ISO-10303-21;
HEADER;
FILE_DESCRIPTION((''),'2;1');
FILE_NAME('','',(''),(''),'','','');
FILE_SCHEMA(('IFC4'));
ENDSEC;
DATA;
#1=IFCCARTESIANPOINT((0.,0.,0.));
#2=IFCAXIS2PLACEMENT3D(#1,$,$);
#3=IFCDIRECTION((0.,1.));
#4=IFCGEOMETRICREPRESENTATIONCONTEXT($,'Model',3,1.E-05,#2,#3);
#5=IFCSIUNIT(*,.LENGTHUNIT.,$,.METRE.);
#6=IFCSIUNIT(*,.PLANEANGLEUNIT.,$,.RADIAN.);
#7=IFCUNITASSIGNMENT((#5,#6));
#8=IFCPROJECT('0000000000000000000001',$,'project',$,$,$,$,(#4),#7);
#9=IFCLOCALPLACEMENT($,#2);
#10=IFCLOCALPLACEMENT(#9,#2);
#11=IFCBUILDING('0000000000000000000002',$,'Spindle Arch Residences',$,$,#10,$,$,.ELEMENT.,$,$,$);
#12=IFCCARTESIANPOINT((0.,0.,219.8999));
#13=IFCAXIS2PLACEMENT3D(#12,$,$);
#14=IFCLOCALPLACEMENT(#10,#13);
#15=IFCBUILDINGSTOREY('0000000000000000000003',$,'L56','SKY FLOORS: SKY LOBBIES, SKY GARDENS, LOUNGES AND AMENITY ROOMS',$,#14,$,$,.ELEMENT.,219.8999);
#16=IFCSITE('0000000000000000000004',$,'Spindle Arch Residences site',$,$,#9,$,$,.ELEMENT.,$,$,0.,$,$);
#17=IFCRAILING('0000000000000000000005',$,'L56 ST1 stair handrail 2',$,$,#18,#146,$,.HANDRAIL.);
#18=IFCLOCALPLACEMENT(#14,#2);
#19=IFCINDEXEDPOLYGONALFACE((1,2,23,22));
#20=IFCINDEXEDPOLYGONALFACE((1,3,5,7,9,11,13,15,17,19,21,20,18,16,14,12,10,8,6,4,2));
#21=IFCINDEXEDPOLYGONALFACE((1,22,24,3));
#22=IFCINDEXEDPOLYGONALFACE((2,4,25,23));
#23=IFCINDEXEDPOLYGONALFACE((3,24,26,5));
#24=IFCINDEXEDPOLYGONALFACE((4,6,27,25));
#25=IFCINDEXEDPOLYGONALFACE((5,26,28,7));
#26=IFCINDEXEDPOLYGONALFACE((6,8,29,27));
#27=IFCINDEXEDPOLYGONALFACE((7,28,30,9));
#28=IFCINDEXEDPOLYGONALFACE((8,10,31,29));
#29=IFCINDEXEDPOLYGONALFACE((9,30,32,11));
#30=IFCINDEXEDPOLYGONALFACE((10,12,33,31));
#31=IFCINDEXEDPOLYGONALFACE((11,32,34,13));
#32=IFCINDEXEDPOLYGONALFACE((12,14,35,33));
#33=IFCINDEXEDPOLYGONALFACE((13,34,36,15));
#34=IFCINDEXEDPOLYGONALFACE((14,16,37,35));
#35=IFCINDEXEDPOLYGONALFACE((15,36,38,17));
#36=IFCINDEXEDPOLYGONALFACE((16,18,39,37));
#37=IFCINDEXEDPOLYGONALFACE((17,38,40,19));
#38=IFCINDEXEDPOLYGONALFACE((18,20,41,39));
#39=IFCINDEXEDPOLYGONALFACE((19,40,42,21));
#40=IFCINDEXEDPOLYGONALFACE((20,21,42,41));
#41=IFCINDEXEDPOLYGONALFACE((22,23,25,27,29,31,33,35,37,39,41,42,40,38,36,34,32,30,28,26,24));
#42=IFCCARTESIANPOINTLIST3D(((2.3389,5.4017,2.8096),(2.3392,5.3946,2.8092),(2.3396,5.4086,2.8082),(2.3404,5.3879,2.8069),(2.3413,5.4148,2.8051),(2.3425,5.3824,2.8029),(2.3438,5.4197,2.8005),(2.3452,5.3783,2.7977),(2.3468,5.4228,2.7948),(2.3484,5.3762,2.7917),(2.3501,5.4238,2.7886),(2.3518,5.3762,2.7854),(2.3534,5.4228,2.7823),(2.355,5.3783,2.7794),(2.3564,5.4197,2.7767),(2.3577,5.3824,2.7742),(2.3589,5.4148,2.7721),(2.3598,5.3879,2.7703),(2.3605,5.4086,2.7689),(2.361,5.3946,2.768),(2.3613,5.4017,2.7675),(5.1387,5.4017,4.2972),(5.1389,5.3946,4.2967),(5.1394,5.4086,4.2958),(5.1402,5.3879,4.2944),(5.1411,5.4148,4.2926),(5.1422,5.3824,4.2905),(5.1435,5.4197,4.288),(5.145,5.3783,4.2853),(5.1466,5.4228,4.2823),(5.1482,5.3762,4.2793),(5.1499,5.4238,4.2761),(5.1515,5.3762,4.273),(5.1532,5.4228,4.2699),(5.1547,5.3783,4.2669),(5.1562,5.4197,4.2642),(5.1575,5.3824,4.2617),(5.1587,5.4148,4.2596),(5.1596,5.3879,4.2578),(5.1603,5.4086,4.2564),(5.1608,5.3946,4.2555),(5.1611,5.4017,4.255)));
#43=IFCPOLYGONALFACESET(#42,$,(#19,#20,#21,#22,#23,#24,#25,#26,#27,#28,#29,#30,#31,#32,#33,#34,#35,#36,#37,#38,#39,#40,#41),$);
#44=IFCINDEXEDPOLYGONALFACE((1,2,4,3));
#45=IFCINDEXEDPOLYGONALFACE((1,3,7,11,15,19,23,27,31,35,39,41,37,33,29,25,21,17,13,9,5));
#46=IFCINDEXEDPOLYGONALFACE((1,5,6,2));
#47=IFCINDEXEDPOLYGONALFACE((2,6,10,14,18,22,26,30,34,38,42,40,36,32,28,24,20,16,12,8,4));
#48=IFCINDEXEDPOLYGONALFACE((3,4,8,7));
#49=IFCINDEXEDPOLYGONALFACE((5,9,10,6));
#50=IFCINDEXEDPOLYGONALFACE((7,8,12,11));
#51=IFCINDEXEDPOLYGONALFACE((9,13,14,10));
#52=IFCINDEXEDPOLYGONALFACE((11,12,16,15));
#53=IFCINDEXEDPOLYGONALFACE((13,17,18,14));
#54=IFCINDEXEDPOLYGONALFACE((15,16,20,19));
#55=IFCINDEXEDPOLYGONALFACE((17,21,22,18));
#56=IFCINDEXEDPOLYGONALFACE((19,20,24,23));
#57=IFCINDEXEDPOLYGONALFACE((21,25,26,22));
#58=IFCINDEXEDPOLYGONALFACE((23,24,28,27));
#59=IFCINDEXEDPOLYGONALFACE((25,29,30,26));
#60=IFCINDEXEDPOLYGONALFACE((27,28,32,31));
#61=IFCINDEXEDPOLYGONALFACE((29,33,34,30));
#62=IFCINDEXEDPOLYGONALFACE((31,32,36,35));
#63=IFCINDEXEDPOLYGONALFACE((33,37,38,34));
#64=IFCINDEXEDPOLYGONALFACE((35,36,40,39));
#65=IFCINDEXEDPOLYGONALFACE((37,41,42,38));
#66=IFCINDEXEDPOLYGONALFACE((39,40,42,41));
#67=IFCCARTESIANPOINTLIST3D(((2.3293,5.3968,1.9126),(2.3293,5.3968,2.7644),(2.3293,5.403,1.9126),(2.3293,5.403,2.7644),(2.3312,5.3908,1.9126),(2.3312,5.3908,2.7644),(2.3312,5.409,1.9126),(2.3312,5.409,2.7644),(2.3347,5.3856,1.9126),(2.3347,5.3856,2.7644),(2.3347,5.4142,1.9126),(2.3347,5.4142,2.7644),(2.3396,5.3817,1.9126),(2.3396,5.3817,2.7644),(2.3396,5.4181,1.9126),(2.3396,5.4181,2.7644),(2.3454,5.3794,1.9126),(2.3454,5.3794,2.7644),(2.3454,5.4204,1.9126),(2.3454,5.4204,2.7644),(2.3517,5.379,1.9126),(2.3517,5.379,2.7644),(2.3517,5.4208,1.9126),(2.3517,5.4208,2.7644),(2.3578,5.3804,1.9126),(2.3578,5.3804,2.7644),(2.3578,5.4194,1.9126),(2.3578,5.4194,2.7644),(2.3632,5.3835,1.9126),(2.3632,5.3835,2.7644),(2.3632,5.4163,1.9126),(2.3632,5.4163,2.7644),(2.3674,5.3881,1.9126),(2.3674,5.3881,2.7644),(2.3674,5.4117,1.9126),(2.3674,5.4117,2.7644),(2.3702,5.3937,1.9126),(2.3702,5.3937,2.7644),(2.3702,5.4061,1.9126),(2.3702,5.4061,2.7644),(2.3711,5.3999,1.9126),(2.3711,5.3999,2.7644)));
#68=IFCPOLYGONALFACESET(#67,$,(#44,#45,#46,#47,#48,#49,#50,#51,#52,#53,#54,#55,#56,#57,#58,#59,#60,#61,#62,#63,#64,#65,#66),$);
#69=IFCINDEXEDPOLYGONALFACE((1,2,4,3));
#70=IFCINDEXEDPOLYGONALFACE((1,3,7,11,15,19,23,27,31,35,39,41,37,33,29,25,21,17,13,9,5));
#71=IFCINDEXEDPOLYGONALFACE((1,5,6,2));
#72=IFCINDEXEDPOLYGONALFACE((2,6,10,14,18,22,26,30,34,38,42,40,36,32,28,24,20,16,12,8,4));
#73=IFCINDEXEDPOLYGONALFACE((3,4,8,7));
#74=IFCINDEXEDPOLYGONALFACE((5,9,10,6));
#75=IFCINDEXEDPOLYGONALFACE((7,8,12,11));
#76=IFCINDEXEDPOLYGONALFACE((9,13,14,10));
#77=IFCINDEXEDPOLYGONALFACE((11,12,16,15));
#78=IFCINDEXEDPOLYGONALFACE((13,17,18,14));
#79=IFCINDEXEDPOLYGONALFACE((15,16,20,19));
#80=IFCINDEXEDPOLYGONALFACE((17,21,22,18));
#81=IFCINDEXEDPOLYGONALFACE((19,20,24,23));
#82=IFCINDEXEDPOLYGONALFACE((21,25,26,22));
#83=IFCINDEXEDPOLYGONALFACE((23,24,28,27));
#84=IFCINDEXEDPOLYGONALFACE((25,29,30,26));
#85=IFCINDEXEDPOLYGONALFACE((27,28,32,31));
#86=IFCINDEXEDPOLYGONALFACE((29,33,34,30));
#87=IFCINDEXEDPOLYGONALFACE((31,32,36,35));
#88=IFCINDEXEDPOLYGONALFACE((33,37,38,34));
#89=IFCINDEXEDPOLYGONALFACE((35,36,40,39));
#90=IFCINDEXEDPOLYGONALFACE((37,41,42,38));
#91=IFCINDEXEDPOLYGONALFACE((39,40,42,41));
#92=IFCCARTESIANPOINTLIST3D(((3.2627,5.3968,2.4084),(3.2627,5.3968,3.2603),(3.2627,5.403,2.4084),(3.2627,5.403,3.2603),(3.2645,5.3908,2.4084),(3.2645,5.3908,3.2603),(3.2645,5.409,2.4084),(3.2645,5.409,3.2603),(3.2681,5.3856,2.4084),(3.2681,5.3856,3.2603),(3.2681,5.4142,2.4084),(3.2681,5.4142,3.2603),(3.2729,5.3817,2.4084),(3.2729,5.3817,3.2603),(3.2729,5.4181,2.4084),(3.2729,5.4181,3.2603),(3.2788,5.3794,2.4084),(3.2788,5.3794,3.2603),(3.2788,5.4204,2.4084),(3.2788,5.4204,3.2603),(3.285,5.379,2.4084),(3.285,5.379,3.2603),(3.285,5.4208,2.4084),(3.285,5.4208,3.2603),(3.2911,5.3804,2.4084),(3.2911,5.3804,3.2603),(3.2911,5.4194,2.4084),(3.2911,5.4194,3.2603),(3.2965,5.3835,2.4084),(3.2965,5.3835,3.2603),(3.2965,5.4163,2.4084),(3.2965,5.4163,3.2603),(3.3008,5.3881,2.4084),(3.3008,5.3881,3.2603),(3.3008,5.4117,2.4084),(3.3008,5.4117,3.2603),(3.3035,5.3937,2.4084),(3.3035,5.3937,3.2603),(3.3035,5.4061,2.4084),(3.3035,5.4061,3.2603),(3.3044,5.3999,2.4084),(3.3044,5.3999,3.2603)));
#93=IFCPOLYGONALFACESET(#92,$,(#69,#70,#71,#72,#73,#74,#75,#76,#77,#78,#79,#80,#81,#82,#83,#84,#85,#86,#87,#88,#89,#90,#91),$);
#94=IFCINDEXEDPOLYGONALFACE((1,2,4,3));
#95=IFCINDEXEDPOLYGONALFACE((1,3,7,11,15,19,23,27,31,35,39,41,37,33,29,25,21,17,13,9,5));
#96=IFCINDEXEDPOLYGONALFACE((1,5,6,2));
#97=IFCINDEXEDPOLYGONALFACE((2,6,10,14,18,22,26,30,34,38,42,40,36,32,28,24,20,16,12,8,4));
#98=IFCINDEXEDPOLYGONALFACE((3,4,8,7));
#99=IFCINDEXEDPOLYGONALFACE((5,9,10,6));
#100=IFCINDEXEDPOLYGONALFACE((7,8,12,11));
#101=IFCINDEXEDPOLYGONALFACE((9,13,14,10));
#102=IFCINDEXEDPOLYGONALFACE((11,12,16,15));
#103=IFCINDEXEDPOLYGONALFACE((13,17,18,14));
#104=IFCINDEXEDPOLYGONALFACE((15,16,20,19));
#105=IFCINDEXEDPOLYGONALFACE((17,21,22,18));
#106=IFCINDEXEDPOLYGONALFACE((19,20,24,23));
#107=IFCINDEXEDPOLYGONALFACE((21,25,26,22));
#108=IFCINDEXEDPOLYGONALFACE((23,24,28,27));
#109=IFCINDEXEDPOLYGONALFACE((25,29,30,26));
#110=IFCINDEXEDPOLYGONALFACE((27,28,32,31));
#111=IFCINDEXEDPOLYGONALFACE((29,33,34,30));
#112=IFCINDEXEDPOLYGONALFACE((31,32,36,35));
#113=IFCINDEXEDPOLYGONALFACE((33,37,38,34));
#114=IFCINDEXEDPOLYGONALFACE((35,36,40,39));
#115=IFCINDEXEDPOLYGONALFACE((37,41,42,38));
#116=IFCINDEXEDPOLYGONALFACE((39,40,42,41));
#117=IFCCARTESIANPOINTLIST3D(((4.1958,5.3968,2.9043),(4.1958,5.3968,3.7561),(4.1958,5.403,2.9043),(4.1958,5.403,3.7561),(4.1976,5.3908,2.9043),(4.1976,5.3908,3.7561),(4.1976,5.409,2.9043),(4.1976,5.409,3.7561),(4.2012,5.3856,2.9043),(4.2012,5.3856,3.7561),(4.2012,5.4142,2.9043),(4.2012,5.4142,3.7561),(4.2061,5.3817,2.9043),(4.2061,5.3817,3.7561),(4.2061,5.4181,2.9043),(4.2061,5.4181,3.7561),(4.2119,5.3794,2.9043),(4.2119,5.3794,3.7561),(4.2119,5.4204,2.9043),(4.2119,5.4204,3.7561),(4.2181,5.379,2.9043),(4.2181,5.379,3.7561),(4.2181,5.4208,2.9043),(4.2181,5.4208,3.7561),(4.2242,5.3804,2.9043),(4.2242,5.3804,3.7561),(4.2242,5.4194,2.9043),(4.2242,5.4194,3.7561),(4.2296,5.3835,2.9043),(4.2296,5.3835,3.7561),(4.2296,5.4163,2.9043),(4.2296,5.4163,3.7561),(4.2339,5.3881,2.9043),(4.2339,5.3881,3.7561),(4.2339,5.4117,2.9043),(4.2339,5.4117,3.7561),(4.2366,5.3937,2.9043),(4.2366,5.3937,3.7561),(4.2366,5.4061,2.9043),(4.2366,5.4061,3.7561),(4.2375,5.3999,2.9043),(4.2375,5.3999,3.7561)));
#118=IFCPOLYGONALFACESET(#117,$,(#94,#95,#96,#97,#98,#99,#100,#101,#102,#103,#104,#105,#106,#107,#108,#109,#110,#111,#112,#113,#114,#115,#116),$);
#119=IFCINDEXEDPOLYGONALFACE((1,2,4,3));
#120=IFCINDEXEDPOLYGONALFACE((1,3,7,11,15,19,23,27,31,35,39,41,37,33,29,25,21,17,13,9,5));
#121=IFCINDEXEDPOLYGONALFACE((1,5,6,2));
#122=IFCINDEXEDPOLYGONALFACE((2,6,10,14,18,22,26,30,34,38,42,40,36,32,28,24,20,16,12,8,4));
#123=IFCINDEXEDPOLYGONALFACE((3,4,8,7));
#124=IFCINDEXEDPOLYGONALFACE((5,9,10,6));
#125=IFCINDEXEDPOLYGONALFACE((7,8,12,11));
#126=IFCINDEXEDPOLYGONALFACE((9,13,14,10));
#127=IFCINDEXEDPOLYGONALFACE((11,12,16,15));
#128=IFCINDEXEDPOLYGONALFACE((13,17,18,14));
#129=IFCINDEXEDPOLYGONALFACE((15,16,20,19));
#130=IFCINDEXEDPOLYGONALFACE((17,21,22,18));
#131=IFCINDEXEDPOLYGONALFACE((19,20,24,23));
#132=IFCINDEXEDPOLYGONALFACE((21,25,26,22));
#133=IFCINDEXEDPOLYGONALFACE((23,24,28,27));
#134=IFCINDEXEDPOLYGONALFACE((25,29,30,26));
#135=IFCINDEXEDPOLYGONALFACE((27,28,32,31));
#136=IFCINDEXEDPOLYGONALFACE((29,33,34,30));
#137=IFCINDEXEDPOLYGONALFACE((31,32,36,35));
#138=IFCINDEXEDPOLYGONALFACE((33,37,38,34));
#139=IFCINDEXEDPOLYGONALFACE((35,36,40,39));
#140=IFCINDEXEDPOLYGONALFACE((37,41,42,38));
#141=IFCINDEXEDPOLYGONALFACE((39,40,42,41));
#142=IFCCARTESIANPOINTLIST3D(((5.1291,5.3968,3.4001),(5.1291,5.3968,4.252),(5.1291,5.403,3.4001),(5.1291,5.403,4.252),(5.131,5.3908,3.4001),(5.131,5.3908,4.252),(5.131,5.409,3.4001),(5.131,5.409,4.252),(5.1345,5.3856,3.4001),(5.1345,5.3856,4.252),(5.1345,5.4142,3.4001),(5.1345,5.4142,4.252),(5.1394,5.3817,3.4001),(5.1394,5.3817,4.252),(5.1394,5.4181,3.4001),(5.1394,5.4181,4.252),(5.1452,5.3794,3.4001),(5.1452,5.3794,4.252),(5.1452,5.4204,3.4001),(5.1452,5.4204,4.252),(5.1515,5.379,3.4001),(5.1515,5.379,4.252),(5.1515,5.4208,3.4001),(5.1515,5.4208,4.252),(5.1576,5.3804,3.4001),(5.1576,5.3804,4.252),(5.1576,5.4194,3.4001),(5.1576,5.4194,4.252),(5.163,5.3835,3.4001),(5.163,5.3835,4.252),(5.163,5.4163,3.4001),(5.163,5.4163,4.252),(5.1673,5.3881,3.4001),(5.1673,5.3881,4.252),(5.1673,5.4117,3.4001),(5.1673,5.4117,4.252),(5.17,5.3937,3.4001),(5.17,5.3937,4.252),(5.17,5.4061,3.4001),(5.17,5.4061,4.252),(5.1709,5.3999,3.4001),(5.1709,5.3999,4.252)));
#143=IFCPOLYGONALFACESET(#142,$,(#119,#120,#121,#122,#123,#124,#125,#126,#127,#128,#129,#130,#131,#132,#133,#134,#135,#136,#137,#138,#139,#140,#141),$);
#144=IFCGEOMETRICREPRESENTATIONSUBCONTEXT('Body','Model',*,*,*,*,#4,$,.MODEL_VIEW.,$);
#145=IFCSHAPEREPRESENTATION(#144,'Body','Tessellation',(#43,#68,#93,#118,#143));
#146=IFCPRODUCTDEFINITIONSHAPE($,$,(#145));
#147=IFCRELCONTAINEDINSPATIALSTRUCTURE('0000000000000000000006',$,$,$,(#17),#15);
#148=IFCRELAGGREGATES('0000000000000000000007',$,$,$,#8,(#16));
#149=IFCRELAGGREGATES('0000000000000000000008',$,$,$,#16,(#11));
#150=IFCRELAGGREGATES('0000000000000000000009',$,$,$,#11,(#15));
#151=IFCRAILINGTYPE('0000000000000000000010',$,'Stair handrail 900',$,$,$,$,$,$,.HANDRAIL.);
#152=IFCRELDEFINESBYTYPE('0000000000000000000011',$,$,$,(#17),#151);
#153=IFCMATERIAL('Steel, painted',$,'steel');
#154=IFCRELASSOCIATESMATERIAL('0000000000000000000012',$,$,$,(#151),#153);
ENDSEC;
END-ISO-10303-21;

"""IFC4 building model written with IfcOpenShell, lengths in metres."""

from ifc_helpers import new_model, si_unit, direction, frame, origin, origin_2d, place, context, subcontext, project, spatial, circle, extrude, material, type_object, element, save


model = new_model("IFC4")

# Units and contexts
model_context = context("Model", 3, precision=1e-05, world=origin(), true_north=direction((0.0, 1.0)))
body_context = subcontext(model_context, "Body", "Model", "MODEL_VIEW")
ifc_project = project(units=[si_unit("LENGTHUNIT", "METRE"), si_unit("PLANEANGLEUNIT", "RADIAN")], contexts=[model_context])

# Site, building, storey
site_placement = place(None, origin())
site = spatial("IfcSite", under=ifc_project, at=site_placement, Name="Spindle Arch Residences site", CompositionType="ELEMENT", RefElevation=0.0)
building_placement = place(site_placement, origin())
building = spatial("IfcBuilding", under=site, at=building_placement, Name="Spindle Arch Residences", CompositionType="ELEMENT")
storey_placement = place(building_placement, frame((0.0, 0.0, 219.8999)))
storey = spatial("IfcBuildingStorey", under=building, at=storey_placement, Name="L56", Description="SKY FLOORS: SKY LOBBIES, SKY GARDENS, LOUNGES AND AMENITY ROOMS", CompositionType="ELEMENT", Elevation=219.8999)

# Railing
ifc_material_1 = material(Name="Steel, painted", Category="steel")
railing_type_1 = type_object("IfcRailingType", Name="Stair handrail 900", PredefinedType="HANDRAIL", material=ifc_material_1)
for number, where, name in (
    (1, (2.3501, 5.3999, 1.9126), "L56 ST1 stair handrail 2"),
):
    element("IfcRailing", number, at=place(storey_placement, frame(where)), inside=storey, type_object=railing_type_1, Name=name, PredefinedType="HANDRAIL", context=body_context, shape_type="SweptSolid", body=[
        extrude(circle(Radius=0.0239, at=origin_2d()), frame((0.0, 0.0, 0.876), z_axis=(0.883096, 0.0, 0.469193), x_axis=(0.0, 1.0, 0.0)), (0.0, 0.0, 1.0), 3.1704),
        extrude(circle(Radius=0.021, at=origin_2d()), origin(), (0.0, 0.0, 1.0), 0.8518),
        extrude(circle(Radius=0.021, at=origin_2d()), frame((0.9333, 0.0, 0.4958)), (0.0, 0.0, 1.0), 0.8518),
        extrude(circle(Radius=0.021, at=origin_2d()), frame((1.8665, 0.0, 0.9917)), (0.0, 0.0, 1.0), 0.8518),
        extrude(circle(Radius=0.021, at=origin_2d()), frame((2.7998, 0.0, 1.4875)), (0.0, 0.0, 1.0), 0.8518),
    ])

save(model, "model.ifc")
